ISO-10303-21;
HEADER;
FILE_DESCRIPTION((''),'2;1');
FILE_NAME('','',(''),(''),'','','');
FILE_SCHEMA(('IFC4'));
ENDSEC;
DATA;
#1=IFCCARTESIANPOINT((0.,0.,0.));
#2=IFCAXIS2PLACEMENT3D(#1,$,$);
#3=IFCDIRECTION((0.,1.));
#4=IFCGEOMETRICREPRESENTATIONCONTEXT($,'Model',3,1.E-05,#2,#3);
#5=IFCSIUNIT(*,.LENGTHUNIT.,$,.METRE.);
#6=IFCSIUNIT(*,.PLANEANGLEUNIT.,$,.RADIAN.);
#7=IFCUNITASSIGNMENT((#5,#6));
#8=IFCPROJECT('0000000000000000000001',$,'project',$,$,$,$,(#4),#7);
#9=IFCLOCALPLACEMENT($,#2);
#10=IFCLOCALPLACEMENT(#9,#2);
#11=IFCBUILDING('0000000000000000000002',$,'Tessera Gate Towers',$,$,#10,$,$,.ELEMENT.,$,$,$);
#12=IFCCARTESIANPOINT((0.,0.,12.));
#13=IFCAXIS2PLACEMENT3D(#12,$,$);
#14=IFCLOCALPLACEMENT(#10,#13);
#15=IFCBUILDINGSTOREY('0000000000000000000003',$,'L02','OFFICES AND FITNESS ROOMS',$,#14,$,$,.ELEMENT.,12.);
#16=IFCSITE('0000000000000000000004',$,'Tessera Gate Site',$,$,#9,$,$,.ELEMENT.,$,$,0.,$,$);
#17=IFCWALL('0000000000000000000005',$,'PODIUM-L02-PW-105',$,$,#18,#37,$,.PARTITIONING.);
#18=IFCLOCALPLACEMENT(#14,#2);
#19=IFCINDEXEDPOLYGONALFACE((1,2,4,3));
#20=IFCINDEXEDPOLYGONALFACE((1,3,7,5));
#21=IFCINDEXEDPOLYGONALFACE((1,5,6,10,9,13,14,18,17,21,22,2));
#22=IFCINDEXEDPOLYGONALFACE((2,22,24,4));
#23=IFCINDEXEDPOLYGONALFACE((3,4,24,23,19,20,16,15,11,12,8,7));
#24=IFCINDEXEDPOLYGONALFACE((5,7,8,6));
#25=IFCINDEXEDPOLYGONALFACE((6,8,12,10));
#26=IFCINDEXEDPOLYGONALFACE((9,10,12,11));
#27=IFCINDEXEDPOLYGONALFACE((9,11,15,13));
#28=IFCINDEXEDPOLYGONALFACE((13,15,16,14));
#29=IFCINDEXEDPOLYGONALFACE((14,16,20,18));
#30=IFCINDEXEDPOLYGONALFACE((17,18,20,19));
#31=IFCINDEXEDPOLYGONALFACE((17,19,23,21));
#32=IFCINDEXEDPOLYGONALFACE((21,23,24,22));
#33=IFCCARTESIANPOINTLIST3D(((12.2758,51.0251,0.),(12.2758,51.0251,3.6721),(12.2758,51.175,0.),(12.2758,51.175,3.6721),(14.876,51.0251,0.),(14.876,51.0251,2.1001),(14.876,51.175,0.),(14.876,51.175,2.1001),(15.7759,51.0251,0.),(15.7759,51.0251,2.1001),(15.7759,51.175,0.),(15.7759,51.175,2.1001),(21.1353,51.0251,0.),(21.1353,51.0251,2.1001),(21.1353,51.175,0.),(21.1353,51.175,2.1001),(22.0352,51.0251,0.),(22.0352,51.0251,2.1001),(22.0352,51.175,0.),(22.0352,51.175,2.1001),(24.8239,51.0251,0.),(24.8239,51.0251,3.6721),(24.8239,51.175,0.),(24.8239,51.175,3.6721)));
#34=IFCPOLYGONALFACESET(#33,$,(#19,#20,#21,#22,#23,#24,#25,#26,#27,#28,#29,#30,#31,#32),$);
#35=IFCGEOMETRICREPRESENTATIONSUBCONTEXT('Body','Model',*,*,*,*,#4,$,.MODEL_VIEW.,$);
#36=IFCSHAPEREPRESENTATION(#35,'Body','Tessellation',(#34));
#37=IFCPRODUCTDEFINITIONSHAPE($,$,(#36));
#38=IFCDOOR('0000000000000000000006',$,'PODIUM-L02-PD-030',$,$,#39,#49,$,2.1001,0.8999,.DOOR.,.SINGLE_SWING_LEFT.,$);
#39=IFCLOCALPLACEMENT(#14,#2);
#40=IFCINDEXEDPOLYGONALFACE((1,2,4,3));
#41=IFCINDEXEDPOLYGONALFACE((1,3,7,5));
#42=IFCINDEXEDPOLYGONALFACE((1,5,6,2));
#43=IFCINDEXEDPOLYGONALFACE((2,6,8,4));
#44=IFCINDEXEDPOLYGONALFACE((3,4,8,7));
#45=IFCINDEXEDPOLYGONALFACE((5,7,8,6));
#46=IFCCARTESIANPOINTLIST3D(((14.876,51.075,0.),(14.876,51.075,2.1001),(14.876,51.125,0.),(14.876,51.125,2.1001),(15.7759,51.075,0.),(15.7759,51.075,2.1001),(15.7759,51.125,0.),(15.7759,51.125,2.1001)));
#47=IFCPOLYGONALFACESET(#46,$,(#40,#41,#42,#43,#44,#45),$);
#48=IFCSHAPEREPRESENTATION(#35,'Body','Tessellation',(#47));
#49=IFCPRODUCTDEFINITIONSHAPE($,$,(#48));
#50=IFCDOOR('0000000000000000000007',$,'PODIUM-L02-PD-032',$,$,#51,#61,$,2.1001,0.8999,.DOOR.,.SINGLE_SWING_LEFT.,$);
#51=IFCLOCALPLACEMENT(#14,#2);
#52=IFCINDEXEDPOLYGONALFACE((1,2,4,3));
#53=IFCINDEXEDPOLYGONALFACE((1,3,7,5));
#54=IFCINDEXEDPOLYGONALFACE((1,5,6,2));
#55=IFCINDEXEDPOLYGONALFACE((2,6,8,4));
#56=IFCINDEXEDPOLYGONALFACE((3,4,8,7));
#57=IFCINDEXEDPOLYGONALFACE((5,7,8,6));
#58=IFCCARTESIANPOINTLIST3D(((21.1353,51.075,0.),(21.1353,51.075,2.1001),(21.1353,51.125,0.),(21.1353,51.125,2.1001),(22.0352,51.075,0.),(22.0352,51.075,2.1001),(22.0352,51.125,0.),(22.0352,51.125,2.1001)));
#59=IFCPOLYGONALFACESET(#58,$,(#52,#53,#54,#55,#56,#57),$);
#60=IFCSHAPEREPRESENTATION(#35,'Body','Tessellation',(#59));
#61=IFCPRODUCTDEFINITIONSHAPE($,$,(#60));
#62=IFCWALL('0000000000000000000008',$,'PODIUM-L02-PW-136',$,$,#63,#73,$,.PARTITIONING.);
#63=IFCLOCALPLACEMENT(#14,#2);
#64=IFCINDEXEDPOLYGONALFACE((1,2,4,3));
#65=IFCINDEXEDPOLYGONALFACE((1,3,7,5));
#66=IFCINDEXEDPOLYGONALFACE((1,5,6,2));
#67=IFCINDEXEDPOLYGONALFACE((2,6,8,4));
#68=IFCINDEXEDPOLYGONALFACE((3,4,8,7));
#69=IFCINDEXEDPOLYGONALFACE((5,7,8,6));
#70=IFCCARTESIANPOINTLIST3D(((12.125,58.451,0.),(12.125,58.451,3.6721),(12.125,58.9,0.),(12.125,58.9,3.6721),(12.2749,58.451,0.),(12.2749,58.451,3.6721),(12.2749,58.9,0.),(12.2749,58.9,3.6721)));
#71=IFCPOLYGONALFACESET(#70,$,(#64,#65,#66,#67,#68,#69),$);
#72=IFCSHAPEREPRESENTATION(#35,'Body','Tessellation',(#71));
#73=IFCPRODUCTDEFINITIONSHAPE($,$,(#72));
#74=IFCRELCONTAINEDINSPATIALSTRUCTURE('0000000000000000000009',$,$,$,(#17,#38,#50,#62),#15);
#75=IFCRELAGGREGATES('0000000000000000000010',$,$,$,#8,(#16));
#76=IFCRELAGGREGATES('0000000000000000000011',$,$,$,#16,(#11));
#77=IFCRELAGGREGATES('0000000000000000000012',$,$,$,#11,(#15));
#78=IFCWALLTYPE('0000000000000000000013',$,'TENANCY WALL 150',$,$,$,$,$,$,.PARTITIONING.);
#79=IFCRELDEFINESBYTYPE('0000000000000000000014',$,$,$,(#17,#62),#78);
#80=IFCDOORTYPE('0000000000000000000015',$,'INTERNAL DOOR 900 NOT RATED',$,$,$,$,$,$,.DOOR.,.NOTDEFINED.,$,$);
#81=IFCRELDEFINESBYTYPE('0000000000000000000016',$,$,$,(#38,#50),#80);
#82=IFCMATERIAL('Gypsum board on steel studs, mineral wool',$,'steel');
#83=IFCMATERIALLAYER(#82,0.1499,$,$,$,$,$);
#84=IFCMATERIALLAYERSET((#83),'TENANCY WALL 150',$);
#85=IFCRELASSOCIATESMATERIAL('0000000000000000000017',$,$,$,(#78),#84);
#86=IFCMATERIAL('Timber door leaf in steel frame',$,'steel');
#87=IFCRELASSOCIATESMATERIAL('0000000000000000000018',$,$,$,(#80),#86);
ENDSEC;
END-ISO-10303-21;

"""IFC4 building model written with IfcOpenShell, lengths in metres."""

from ifc_helpers import new_model, si_unit, direction, frame, frame_2d, origin, place, context, subcontext, project, spatial, rectangle, extrude, source, transform, mapped, material, layer, layer_set, type_object, element, fill, save


model = new_model("IFC4")

# Units and contexts
model_context = context("Model", 3, precision=1e-05, world=origin(), true_north=direction((0.0, 1.0)))
body_context = subcontext(model_context, "Body", "Model", "MODEL_VIEW")
ifc_project = project(units=[si_unit("LENGTHUNIT", "METRE"), si_unit("PLANEANGLEUNIT", "RADIAN")], contexts=[model_context])

# Site, building, storey
site_placement = place(None, origin())
site = spatial("IfcSite", under=ifc_project, at=site_placement, Name="Tessera Gate Site", CompositionType="ELEMENT", RefElevation=0.0)
building_placement = place(site_placement, origin())
building = spatial("IfcBuilding", under=site, at=building_placement, Name="Tessera Gate Towers", CompositionType="ELEMENT")
storey_placement = place(building_placement, frame((0.0, 0.0, 12.0)))
storey = spatial("IfcBuildingStorey", under=building, at=storey_placement, Name="L02", Description="OFFICES AND FITNESS ROOMS", CompositionType="ELEMENT", Elevation=12.0)

# Shared definitions
shared_shape_1 = source(origin(), body_context, "Body", "SweptSolid", [
    extrude(rectangle(XDim=0.8999, YDim=2.1001, at=frame_2d((0.45, 1.05))), frame((0.0, 0.085, 0.0), z_axis=(0.0, -1.0, 0.0), x_axis=(1.0, 0.0, 0.0)), (0.0, 0.0, 1.0), 0.1699),
])
shared_shape_2 = source(origin(), body_context, "Body", "SweptSolid", [
    extrude(rectangle(XDim=0.8999, YDim=2.1001, at=frame_2d((0.45, 1.05))), frame((0.0, 0.0249, 0.0), z_axis=(0.0, -1.0, 0.0), x_axis=(1.0, 0.0, 0.0)), (0.0, 0.0, 1.0), 0.05),
])

# Wall, openings, doors
ifc_material_1 = material(Name="Gypsum board on steel studs, mineral wool", Category="steel")
ifc_layer_1 = layer(ifc_material_1, 0.1499)
ifc_layer_set_1 = layer_set([ifc_layer_1], Name="TENANCY WALL 150")
wall_type_1 = type_object("IfcWallType", Name="TENANCY WALL 150", PredefinedType="PARTITIONING", material=ifc_layer_set_1)
wall_1_placement = place(storey_placement, frame((12.2759, 51.1001, 0.0), z_axis=(0.0, 0.0, 1.0), x_axis=(1.0, 0.0, 0.0)))
wall_1 = element("IfcWall", 1, at=wall_1_placement, inside=storey, type_object=wall_type_1, Name="PODIUM-L02-PW-105", PredefinedType="PARTITIONING", context=body_context, shape_type="SweptSolid", body=[
    extrude(rectangle(XDim=12.5481, YDim=0.1499, at=frame_2d((6.2739, 0.0))), origin(), (0.0, 0.0, 1.0), 3.6721),
])
opening_1_placement = place(wall_1_placement, frame((2.6001, 0.0, 0.0)))
opening_1 = element("IfcOpeningElement", 2, at=opening_1_placement, cuts=wall_1, PredefinedType="OPENING", context=body_context, shape_type="MappedRepresentation", body=[
    mapped(shared_shape_1, transform((0.0, 0.0, 0.0), scale=1.0)),
])
opening_2_placement = place(wall_1_placement, frame((8.8594, 0.0, 0.0)))
opening_2 = element("IfcOpeningElement", 3, at=opening_2_placement, cuts=wall_1, PredefinedType="OPENING", context=body_context, shape_type="MappedRepresentation", body=[
    mapped(shared_shape_1, transform((0.0, 0.0, 0.0), scale=1.0)),
])
ifc_material_2 = material(Name="Timber door leaf in steel frame", Category="steel")
door_type_1 = type_object("IfcDoorType", Name="INTERNAL DOOR 900 NOT RATED", OperationType="NOTDEFINED", PredefinedType="DOOR", material=ifc_material_2)
door_1_placement = place(opening_1_placement, origin())
door_1 = element("IfcDoor", 4, at=door_1_placement, inside=storey, type_object=door_type_1, Name="PODIUM-L02-PD-030", OperationType="SINGLE_SWING_LEFT", OverallHeight=2.1001, OverallWidth=0.8999, PredefinedType="DOOR", context=body_context, shape_type="MappedRepresentation", body=[
    mapped(shared_shape_2, transform((0.0, 0.0, 0.0), scale=1.0)),
])
fill(opening_1, door_1)
door_2_placement = place(opening_2_placement, origin())
door_2 = element("IfcDoor", 5, at=door_2_placement, inside=storey, type_object=door_type_1, Name="PODIUM-L02-PD-032", OperationType="SINGLE_SWING_LEFT", OverallHeight=2.1001, OverallWidth=0.8999, PredefinedType="DOOR", context=body_context, shape_type="MappedRepresentation", body=[
    mapped(shared_shape_2, transform((0.0, 0.0, 0.0), scale=1.0)),
])
fill(opening_2, door_2)

# Wall
wall_2_placement = place(storey_placement, frame((12.2, 58.4509, 0.0), z_axis=(0.0, 0.0, 1.0), x_axis=(0.0, 1.0, 0.0)))
element("IfcWall", 6, at=wall_2_placement, inside=storey, type_object=wall_type_1, Name="PODIUM-L02-PW-136", PredefinedType="PARTITIONING", context=body_context, shape_type="SweptSolid", body=[
    extrude(rectangle(XDim=0.449, YDim=0.1499, at=frame_2d((0.2246, 0.0))), origin(), (0.0, 0.0, 1.0), 3.6721),
])

save(model, "model.ifc")
